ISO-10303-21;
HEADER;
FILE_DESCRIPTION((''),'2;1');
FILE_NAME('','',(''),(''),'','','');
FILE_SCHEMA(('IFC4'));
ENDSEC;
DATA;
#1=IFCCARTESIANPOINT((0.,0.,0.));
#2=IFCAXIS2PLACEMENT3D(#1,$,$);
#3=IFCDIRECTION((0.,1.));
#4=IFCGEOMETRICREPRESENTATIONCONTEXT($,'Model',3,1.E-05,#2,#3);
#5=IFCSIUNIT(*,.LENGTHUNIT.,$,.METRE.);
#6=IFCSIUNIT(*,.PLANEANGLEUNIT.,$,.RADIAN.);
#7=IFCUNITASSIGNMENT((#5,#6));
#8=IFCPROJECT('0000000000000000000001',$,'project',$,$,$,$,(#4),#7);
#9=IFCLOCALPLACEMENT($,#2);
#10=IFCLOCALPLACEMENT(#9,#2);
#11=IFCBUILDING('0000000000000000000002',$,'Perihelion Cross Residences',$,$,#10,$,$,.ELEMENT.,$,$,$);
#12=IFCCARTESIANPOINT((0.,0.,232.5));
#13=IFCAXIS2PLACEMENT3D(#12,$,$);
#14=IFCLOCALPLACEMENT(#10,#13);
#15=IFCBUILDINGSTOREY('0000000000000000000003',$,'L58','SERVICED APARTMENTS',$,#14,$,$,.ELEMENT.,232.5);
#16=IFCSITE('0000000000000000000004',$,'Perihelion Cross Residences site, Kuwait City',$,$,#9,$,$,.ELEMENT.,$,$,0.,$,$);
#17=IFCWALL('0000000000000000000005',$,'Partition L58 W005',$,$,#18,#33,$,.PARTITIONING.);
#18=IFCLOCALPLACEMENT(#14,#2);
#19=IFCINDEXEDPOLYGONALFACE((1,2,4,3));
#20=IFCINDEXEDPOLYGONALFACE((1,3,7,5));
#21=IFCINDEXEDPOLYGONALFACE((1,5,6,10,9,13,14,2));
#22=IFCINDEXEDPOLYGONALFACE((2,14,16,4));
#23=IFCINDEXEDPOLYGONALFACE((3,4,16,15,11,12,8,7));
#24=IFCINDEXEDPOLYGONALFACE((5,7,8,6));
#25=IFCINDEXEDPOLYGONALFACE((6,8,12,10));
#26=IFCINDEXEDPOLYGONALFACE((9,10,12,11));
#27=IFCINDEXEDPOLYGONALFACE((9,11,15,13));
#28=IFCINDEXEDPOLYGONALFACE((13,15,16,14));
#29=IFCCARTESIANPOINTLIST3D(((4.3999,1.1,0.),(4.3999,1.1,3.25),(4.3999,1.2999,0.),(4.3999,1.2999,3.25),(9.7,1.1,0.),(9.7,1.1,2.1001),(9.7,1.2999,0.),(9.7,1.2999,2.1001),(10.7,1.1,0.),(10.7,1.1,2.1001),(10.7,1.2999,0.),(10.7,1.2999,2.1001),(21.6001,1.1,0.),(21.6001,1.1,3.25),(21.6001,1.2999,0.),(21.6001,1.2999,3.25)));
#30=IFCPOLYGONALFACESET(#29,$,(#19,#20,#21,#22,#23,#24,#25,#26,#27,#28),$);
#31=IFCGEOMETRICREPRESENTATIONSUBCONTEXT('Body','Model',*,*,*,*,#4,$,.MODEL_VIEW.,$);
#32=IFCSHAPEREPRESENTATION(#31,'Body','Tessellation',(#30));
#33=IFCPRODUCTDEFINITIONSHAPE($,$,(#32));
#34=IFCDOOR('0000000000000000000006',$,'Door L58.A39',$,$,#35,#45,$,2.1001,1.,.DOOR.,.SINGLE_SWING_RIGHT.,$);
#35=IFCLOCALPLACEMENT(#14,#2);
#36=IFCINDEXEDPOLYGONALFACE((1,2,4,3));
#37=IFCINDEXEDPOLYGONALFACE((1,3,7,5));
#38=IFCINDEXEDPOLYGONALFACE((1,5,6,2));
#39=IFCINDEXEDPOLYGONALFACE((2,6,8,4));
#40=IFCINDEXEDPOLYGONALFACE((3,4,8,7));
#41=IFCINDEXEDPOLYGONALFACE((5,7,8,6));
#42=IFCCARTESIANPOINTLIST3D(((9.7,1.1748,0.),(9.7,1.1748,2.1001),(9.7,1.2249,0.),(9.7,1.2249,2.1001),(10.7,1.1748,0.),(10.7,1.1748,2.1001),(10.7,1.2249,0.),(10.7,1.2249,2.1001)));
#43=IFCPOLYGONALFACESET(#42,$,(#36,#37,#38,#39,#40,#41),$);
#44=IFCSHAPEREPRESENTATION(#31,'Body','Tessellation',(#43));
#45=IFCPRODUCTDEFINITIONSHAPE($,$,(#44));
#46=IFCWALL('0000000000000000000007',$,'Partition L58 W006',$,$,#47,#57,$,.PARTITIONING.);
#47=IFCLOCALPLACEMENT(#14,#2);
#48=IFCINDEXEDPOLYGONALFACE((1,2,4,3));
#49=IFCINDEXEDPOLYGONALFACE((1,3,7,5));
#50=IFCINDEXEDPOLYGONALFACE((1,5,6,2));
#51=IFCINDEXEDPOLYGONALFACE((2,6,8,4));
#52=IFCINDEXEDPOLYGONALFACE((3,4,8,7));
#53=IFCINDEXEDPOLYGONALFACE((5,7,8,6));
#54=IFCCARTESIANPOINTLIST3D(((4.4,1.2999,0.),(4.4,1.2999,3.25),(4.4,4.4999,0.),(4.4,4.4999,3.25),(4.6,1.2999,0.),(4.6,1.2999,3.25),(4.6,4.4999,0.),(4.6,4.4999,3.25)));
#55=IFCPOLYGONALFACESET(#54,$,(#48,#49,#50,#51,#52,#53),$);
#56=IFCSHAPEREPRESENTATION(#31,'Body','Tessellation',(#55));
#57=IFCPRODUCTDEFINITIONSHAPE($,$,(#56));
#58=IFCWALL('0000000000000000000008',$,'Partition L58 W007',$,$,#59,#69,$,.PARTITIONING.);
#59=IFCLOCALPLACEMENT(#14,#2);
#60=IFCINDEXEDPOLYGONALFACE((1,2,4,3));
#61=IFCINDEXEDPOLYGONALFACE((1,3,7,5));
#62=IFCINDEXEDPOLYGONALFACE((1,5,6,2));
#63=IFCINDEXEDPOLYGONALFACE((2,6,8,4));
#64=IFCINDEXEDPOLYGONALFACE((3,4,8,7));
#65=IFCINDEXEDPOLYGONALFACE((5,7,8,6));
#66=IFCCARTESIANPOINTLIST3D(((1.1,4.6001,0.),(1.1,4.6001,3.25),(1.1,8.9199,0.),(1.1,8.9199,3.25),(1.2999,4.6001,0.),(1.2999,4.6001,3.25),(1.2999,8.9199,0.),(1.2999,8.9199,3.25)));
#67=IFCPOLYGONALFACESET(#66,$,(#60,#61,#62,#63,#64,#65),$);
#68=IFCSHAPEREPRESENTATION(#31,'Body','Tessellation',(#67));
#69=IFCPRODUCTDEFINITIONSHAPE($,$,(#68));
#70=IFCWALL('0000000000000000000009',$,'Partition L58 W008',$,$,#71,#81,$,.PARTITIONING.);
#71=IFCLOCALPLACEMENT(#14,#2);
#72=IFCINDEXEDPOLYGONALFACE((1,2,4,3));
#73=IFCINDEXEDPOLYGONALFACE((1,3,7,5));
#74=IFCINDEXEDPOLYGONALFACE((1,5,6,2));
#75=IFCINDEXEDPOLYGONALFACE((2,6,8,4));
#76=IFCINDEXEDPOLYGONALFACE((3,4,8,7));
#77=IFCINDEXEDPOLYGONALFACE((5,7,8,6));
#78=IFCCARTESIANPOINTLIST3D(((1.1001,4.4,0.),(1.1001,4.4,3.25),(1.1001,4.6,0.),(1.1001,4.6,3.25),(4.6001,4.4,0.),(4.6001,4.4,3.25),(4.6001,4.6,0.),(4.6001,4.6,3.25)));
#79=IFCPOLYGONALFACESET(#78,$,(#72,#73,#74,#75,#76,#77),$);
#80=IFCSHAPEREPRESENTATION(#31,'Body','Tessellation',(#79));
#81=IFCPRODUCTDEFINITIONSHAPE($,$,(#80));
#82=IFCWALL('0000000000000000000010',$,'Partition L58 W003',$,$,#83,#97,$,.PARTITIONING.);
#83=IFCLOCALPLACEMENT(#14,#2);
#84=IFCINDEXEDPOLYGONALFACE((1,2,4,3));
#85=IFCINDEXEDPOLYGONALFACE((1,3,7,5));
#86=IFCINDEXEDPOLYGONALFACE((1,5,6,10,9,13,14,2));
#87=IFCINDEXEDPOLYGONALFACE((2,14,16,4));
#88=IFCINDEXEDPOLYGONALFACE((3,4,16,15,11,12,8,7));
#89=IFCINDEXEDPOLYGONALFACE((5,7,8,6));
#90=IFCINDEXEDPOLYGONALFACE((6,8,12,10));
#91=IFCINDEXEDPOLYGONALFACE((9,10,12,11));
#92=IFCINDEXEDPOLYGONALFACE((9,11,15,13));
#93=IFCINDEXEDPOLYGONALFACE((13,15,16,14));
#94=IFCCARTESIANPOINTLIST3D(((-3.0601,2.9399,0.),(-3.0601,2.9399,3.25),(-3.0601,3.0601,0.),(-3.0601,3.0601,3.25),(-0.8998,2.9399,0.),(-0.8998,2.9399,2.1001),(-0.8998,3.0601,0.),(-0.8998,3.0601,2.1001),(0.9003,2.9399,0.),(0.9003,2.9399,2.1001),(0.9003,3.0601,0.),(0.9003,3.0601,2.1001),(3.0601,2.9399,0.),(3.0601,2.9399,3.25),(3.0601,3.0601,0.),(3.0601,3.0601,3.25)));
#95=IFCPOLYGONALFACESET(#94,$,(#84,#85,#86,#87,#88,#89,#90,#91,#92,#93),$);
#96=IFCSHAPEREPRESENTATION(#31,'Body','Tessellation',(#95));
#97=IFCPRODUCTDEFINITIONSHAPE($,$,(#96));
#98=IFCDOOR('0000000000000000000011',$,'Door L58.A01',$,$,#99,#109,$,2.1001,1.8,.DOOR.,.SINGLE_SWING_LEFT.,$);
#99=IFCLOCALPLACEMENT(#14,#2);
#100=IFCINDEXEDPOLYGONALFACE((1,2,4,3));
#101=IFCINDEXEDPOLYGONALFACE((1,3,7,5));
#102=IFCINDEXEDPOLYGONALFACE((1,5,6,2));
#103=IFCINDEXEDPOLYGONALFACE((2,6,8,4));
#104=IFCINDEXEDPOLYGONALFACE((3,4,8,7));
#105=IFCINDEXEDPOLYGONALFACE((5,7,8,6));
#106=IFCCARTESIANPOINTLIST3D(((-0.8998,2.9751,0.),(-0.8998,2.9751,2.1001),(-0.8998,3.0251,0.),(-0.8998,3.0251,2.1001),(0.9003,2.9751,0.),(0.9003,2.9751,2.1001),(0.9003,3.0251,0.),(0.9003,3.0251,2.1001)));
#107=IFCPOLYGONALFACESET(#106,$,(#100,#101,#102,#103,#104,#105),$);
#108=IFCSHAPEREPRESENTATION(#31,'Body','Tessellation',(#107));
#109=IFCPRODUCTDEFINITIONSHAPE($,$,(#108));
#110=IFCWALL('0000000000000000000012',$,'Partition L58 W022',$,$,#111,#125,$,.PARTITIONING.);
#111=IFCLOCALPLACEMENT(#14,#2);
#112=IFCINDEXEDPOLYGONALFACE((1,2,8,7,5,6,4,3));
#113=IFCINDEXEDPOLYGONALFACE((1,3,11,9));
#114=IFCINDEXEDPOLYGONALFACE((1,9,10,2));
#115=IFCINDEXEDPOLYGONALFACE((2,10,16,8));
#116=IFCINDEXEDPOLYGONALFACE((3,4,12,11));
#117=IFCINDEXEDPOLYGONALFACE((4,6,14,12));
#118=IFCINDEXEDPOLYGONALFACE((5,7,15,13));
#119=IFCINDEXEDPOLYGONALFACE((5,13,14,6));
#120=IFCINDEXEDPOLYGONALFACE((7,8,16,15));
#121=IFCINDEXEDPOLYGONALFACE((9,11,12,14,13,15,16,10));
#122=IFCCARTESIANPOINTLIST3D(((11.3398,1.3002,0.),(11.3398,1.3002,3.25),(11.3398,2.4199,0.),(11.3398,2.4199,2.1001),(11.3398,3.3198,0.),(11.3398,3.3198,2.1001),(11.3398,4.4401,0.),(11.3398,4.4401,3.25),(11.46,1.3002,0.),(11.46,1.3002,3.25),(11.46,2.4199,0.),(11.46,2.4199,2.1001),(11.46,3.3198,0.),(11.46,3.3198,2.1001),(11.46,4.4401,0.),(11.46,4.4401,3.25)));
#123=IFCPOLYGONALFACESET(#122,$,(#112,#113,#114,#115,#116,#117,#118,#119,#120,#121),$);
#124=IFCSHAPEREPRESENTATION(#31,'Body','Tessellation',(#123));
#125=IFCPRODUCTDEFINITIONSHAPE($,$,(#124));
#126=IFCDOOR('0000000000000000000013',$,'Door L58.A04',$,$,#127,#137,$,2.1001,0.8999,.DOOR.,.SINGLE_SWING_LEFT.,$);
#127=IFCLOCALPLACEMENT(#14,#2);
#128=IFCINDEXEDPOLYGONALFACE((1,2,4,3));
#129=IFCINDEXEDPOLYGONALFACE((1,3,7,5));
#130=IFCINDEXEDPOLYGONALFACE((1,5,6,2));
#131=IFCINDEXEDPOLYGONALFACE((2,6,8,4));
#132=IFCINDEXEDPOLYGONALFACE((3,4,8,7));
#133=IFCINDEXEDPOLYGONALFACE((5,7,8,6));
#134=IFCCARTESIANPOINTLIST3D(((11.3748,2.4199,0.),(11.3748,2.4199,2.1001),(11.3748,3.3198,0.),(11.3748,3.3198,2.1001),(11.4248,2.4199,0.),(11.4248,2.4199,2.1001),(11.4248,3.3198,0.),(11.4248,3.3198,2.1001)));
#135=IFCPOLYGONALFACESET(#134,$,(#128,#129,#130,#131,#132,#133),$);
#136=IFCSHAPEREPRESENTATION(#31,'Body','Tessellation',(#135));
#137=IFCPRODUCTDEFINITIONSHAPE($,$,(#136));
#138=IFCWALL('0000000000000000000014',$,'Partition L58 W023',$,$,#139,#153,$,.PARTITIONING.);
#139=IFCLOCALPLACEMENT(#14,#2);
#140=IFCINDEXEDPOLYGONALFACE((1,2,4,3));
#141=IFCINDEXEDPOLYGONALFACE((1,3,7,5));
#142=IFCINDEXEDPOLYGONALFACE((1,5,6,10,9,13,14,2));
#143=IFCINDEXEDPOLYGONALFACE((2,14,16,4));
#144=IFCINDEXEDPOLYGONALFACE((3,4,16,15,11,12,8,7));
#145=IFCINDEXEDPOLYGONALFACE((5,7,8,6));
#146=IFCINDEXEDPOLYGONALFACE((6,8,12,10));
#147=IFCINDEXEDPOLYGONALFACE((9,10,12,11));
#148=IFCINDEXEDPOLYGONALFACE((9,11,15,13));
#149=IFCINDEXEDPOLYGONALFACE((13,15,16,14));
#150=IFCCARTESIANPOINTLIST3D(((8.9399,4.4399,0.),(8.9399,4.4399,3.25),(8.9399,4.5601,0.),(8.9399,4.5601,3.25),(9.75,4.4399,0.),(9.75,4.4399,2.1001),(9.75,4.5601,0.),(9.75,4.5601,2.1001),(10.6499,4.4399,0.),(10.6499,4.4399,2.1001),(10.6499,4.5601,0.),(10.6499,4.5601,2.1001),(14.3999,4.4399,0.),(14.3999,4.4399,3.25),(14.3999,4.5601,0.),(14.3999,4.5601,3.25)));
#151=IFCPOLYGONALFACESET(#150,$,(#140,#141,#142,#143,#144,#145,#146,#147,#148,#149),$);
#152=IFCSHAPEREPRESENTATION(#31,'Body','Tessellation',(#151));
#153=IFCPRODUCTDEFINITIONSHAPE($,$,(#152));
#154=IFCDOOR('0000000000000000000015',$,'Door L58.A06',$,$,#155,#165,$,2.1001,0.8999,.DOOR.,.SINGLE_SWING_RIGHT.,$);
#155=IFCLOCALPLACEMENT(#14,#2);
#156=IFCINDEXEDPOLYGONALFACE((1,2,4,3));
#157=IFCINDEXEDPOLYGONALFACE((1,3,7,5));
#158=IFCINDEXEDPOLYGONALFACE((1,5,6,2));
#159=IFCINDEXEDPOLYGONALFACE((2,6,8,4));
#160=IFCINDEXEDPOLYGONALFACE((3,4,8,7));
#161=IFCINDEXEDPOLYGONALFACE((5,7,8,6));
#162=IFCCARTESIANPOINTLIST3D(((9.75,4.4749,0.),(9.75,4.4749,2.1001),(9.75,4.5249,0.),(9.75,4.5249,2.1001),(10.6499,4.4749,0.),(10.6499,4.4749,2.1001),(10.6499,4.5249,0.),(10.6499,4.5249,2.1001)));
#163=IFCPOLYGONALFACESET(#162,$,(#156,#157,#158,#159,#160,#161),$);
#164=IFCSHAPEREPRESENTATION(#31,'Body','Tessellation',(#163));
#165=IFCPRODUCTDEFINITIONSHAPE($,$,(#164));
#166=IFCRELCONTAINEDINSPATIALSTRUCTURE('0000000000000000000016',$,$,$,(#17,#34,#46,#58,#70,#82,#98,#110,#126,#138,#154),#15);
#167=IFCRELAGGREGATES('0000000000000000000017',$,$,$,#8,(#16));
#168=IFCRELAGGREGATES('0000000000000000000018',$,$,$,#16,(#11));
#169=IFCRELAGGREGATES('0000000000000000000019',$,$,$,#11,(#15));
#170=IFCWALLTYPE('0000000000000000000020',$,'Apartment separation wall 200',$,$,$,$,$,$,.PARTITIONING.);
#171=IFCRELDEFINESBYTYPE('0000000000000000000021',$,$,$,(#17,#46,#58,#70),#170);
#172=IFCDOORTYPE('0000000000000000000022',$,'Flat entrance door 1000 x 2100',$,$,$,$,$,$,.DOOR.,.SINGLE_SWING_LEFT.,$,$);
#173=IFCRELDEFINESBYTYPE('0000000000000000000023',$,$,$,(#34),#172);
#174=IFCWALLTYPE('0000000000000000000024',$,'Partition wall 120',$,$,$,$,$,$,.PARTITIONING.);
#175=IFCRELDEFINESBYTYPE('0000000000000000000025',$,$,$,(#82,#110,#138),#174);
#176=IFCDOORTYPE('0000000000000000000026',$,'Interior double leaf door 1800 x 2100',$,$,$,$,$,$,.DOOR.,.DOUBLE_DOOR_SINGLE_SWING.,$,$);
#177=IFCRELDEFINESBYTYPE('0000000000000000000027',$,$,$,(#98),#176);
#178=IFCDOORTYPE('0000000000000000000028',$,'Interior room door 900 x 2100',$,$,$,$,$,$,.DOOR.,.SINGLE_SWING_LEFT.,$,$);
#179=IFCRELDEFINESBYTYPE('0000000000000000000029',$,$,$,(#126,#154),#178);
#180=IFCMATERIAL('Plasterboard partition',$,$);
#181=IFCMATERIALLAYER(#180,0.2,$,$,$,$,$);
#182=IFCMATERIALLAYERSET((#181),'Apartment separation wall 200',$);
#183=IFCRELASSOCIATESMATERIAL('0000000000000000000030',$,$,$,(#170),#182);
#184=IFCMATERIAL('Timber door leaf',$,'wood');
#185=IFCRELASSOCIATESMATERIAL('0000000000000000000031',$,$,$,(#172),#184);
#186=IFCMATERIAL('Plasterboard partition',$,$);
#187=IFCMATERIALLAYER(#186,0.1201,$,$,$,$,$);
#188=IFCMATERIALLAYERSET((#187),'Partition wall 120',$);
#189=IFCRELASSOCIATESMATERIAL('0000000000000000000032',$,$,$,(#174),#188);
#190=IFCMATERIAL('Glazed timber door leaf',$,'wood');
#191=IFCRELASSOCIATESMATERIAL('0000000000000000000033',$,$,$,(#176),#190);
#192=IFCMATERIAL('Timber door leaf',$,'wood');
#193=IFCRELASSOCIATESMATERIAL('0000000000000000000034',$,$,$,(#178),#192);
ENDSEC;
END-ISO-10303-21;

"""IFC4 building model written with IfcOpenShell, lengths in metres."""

from ifc_helpers import new_model, si_unit, direction, frame, frame_2d, origin, place, context, subcontext, project, spatial, rectangle, extrude, material, layer, layer_set, type_object, element, fill, save


model = new_model("IFC4")

# Units and contexts
model_context = context("Model", 3, precision=1e-05, world=origin(), true_north=direction((0.0, 1.0)))
body_context = subcontext(model_context, "Body", "Model", "MODEL_VIEW")
ifc_project = project(units=[si_unit("LENGTHUNIT", "METRE"), si_unit("PLANEANGLEUNIT", "RADIAN")], contexts=[model_context])

# Site, building, storey
site_placement = place(None, origin())
site = spatial("IfcSite", under=ifc_project, at=site_placement, Name="Perihelion Cross Residences site, Kuwait City", CompositionType="ELEMENT", RefElevation=0.0)
building_placement = place(site_placement, origin())
building = spatial("IfcBuilding", under=site, at=building_placement, Name="Perihelion Cross Residences", CompositionType="ELEMENT")
storey_placement = place(building_placement, frame((0.0, 0.0, 232.5)))
storey = spatial("IfcBuildingStorey", under=building, at=storey_placement, Name="L58", Description="SERVICED APARTMENTS", CompositionType="ELEMENT", Elevation=232.5)

# Wall, opening, door
ifc_material_1 = material(Name="Plasterboard partition")
ifc_layer_1 = layer(ifc_material_1, 0.2)
ifc_layer_set_1 = layer_set([ifc_layer_1], Name="Apartment separation wall 200")
wall_type_1 = type_object("IfcWallType", Name="Apartment separation wall 200", PredefinedType="PARTITIONING", material=ifc_layer_set_1)
wall_1_placement = place(storey_placement, frame((4.3999, 1.2, 0.0), z_axis=(0.0, 0.0, 1.0), x_axis=(1.0, 0.0, 0.0)))
wall_1 = element("IfcWall", 1, at=wall_1_placement, inside=storey, type_object=wall_type_1, Name="Partition L58 W005", PredefinedType="PARTITIONING", context=body_context, shape_type="SweptSolid", body=[
    extrude(rectangle(XDim=17.2002, YDim=0.2, at=frame_2d((8.6001, 0.0))), origin(), (0.0, 0.0, 1.0), 3.25),
])
opening_1_placement = place(wall_1_placement, frame((5.3, 0.0, 0.0)))
opening_1 = element("IfcOpeningElement", 2, at=opening_1_placement, cuts=wall_1, PredefinedType="OPENING", context=body_context, shape_type="SweptSolid", body=[
    extrude(rectangle(XDim=1.0, YDim=2.1001, at=frame_2d((0.5, 1.05))), frame((0.0, 0.1099, 0.0), z_axis=(0.0, -1.0, 0.0), x_axis=(1.0, 0.0, 0.0)), (0.0, 0.0, 1.0), 0.22),
])
ifc_material_2 = material(Name="Timber door leaf", Category="wood")
door_type_1 = type_object("IfcDoorType", Name="Flat entrance door 1000 x 2100", OperationType="SINGLE_SWING_LEFT", PredefinedType="DOOR", material=ifc_material_2)
door_1_placement = place(opening_1_placement, origin())
door_1 = element("IfcDoor", 3, at=door_1_placement, inside=storey, type_object=door_type_1, Name="Door L58.A39", OperationType="SINGLE_SWING_RIGHT", OverallHeight=2.1001, OverallWidth=1.0, PredefinedType="DOOR", context=body_context, shape_type="SweptSolid", body=[
    extrude(rectangle(XDim=1.0, YDim=2.1001, at=frame_2d((0.5, 1.05))), frame((0.0, 0.0249, 0.0), z_axis=(0.0, -1.0, 0.0), x_axis=(1.0, 0.0, 0.0)), (0.0, 0.0, 1.0), 0.05),
])
fill(opening_1, door_1)

# Walls
wall_2_placement = place(storey_placement, frame((4.5, 4.5, 0.0), z_axis=(0.0, 0.0, 1.0), x_axis=(0.0, -1.0, 0.0)))
element("IfcWall", 4, at=wall_2_placement, inside=storey, type_object=wall_type_1, Name="Partition L58 W006", PredefinedType="PARTITIONING", context=body_context, shape_type="SweptSolid", body=[
    extrude(rectangle(XDim=3.2, YDim=0.2, at=frame_2d((1.6001, 0.0))), origin(), (0.0, 0.0, 1.0), 3.25),
])
wall_3_placement = place(storey_placement, frame((1.2, 8.9199, 0.0), z_axis=(0.0, 0.0, 1.0), x_axis=(0.0, -1.0, 0.0)))
element("IfcWall", 5, at=wall_3_placement, inside=storey, type_object=wall_type_1, Name="Partition L58 W007", PredefinedType="PARTITIONING", context=body_context, shape_type="SweptSolid", body=[
    extrude(rectangle(XDim=4.3198, YDim=0.2, at=frame_2d((2.1599, 0.0))), origin(), (0.0, 0.0, 1.0), 3.25),
])
wall_4_placement = place(storey_placement, frame((1.1001, 4.5, 0.0), z_axis=(0.0, 0.0, 1.0), x_axis=(1.0, 0.0, 0.0)))
element("IfcWall", 6, at=wall_4_placement, inside=storey, type_object=wall_type_1, Name="Partition L58 W008", PredefinedType="PARTITIONING", context=body_context, shape_type="SweptSolid", body=[
    extrude(rectangle(XDim=3.5, YDim=0.2, at=frame_2d((1.75, 0.0))), origin(), (0.0, 0.0, 1.0), 3.25),
])

# Walls, openings, doors
ifc_material_3 = material(Name="Plasterboard partition")
ifc_layer_2 = layer(ifc_material_3, 0.1201)
ifc_layer_set_2 = layer_set([ifc_layer_2], Name="Partition wall 120")
wall_type_2 = type_object("IfcWallType", Name="Partition wall 120", PredefinedType="PARTITIONING", material=ifc_layer_set_2)
wall_5_placement = place(storey_placement, frame((3.0601, 3.0, 0.0), z_axis=(0.0, 0.0, 1.0), x_axis=(-1.0, 0.0, 0.0)))
wall_5 = element("IfcWall", 7, at=wall_5_placement, inside=storey, type_object=wall_type_2, Name="Partition L58 W003", PredefinedType="PARTITIONING", context=body_context, shape_type="SweptSolid", body=[
    extrude(rectangle(XDim=6.1201, YDim=0.1201, at=frame_2d((3.0601, 0.0))), origin(), (0.0, 0.0, 1.0), 3.25),
])
opening_2_placement = place(wall_5_placement, frame((2.1599, 0.0, 0.0)))
opening_2 = element("IfcOpeningElement", 8, at=opening_2_placement, cuts=wall_5, PredefinedType="OPENING", context=body_context, shape_type="SweptSolid", body=[
    extrude(rectangle(XDim=1.8, YDim=2.1001, at=frame_2d((0.8999, 1.05))), frame((0.0, 0.0701, 0.0), z_axis=(0.0, -1.0, 0.0), x_axis=(1.0, 0.0, 0.0)), (0.0, 0.0, 1.0), 0.1401),
])
ifc_material_4 = material(Name="Glazed timber door leaf", Category="wood")
door_type_2 = type_object("IfcDoorType", Name="Interior double leaf door 1800 x 2100", OperationType="DOUBLE_DOOR_SINGLE_SWING", PredefinedType="DOOR", material=ifc_material_4)
door_2_placement = place(opening_2_placement, origin())
door_2 = element("IfcDoor", 9, at=door_2_placement, inside=storey, type_object=door_type_2, Name="Door L58.A01", OperationType="SINGLE_SWING_LEFT", OverallHeight=2.1001, OverallWidth=1.8, PredefinedType="DOOR", context=body_context, shape_type="SweptSolid", body=[
    extrude(rectangle(XDim=1.8, YDim=2.1001, at=frame_2d((0.8999, 1.05))), frame((0.0, 0.0249, 0.0), z_axis=(0.0, -1.0, 0.0), x_axis=(1.0, 0.0, 0.0)), (0.0, 0.0, 1.0), 0.05),
])
fill(opening_2, door_2)
wall_6_placement = place(storey_placement, frame((11.3999, 4.4399, 0.0), z_axis=(0.0, 0.0, 1.0), x_axis=(0.0, -1.0, 0.0)))
wall_6 = element("IfcWall", 10, at=wall_6_placement, inside=storey, type_object=wall_type_2, Name="Partition L58 W022", PredefinedType="PARTITIONING", context=body_context, shape_type="SweptSolid", body=[
    extrude(rectangle(XDim=3.1399, YDim=0.1201, at=frame_2d((1.5698, 0.0))), origin(), (0.0, 0.0, 1.0), 3.25),
])
opening_3_placement = place(wall_6_placement, frame((1.1201, 0.0, 0.0)))
opening_3 = element("IfcOpeningElement", 11, at=opening_3_placement, cuts=wall_6, PredefinedType="OPENING", context=body_context, shape_type="SweptSolid", body=[
    extrude(rectangle(XDim=0.8999, YDim=2.1001, at=frame_2d((0.45, 1.05))), frame((0.0, 0.0701, 0.0), z_axis=(0.0, -1.0, 0.0), x_axis=(1.0, 0.0, 0.0)), (0.0, 0.0, 1.0), 0.1401),
])
ifc_material_5 = material(Name="Timber door leaf", Category="wood")
door_type_3 = type_object("IfcDoorType", Name="Interior room door 900 x 2100", OperationType="SINGLE_SWING_LEFT", PredefinedType="DOOR", material=ifc_material_5)
door_3_placement = place(opening_3_placement, origin())
door_3 = element("IfcDoor", 12, at=door_3_placement, inside=storey, type_object=door_type_3, Name="Door L58.A04", OperationType="SINGLE_SWING_LEFT", OverallHeight=2.1001, OverallWidth=0.8999, PredefinedType="DOOR", context=body_context, shape_type="SweptSolid", body=[
    extrude(rectangle(XDim=0.8999, YDim=2.1001, at=frame_2d((0.45, 1.05))), frame((0.0, 0.0249, 0.0), z_axis=(0.0, -1.0, 0.0), x_axis=(1.0, 0.0, 0.0)), (0.0, 0.0, 1.0), 0.05),
])
fill(opening_3, door_3)
wall_7_placement = place(storey_placement, frame((8.9399, 4.5, 0.0), z_axis=(0.0, 0.0, 1.0), x_axis=(1.0, 0.0, 0.0)))
wall_7 = element("IfcWall", 13, at=wall_7_placement, inside=storey, type_object=wall_type_2, Name="Partition L58 W023", PredefinedType="PARTITIONING", context=body_context, shape_type="SweptSolid", body=[
    extrude(rectangle(XDim=5.46, YDim=0.1201, at=frame_2d((2.73, 0.0))), origin(), (0.0, 0.0, 1.0), 3.25),
])
opening_4_placement = place(wall_7_placement, frame((0.8101, 0.0, 0.0)))
opening_4 = element("IfcOpeningElement", 14, at=opening_4_placement, cuts=wall_7, PredefinedType="OPENING", context=body_context, shape_type="SweptSolid", body=[
    extrude(rectangle(XDim=0.8999, YDim=2.1001, at=frame_2d((0.45, 1.05))), frame((0.0, 0.0701, 0.0), z_axis=(0.0, -1.0, 0.0), x_axis=(1.0, 0.0, 0.0)), (0.0, 0.0, 1.0), 0.1401),
])
door_4_placement = place(opening_4_placement, origin())
door_4 = element("IfcDoor", 15, at=door_4_placement, inside=storey, type_object=door_type_3, Name="Door L58.A06", OperationType="SINGLE_SWING_RIGHT", OverallHeight=2.1001, OverallWidth=0.8999, PredefinedType="DOOR", context=body_context, shape_type="SweptSolid", body=[
    extrude(rectangle(XDim=0.8999, YDim=2.1001, at=frame_2d((0.45, 1.05))), frame((0.0, 0.0249, 0.0), z_axis=(0.0, -1.0, 0.0), x_axis=(1.0, 0.0, 0.0)), (0.0, 0.0, 1.0), 0.05),
])
fill(opening_4, door_4)

save(model, "model.ifc")
